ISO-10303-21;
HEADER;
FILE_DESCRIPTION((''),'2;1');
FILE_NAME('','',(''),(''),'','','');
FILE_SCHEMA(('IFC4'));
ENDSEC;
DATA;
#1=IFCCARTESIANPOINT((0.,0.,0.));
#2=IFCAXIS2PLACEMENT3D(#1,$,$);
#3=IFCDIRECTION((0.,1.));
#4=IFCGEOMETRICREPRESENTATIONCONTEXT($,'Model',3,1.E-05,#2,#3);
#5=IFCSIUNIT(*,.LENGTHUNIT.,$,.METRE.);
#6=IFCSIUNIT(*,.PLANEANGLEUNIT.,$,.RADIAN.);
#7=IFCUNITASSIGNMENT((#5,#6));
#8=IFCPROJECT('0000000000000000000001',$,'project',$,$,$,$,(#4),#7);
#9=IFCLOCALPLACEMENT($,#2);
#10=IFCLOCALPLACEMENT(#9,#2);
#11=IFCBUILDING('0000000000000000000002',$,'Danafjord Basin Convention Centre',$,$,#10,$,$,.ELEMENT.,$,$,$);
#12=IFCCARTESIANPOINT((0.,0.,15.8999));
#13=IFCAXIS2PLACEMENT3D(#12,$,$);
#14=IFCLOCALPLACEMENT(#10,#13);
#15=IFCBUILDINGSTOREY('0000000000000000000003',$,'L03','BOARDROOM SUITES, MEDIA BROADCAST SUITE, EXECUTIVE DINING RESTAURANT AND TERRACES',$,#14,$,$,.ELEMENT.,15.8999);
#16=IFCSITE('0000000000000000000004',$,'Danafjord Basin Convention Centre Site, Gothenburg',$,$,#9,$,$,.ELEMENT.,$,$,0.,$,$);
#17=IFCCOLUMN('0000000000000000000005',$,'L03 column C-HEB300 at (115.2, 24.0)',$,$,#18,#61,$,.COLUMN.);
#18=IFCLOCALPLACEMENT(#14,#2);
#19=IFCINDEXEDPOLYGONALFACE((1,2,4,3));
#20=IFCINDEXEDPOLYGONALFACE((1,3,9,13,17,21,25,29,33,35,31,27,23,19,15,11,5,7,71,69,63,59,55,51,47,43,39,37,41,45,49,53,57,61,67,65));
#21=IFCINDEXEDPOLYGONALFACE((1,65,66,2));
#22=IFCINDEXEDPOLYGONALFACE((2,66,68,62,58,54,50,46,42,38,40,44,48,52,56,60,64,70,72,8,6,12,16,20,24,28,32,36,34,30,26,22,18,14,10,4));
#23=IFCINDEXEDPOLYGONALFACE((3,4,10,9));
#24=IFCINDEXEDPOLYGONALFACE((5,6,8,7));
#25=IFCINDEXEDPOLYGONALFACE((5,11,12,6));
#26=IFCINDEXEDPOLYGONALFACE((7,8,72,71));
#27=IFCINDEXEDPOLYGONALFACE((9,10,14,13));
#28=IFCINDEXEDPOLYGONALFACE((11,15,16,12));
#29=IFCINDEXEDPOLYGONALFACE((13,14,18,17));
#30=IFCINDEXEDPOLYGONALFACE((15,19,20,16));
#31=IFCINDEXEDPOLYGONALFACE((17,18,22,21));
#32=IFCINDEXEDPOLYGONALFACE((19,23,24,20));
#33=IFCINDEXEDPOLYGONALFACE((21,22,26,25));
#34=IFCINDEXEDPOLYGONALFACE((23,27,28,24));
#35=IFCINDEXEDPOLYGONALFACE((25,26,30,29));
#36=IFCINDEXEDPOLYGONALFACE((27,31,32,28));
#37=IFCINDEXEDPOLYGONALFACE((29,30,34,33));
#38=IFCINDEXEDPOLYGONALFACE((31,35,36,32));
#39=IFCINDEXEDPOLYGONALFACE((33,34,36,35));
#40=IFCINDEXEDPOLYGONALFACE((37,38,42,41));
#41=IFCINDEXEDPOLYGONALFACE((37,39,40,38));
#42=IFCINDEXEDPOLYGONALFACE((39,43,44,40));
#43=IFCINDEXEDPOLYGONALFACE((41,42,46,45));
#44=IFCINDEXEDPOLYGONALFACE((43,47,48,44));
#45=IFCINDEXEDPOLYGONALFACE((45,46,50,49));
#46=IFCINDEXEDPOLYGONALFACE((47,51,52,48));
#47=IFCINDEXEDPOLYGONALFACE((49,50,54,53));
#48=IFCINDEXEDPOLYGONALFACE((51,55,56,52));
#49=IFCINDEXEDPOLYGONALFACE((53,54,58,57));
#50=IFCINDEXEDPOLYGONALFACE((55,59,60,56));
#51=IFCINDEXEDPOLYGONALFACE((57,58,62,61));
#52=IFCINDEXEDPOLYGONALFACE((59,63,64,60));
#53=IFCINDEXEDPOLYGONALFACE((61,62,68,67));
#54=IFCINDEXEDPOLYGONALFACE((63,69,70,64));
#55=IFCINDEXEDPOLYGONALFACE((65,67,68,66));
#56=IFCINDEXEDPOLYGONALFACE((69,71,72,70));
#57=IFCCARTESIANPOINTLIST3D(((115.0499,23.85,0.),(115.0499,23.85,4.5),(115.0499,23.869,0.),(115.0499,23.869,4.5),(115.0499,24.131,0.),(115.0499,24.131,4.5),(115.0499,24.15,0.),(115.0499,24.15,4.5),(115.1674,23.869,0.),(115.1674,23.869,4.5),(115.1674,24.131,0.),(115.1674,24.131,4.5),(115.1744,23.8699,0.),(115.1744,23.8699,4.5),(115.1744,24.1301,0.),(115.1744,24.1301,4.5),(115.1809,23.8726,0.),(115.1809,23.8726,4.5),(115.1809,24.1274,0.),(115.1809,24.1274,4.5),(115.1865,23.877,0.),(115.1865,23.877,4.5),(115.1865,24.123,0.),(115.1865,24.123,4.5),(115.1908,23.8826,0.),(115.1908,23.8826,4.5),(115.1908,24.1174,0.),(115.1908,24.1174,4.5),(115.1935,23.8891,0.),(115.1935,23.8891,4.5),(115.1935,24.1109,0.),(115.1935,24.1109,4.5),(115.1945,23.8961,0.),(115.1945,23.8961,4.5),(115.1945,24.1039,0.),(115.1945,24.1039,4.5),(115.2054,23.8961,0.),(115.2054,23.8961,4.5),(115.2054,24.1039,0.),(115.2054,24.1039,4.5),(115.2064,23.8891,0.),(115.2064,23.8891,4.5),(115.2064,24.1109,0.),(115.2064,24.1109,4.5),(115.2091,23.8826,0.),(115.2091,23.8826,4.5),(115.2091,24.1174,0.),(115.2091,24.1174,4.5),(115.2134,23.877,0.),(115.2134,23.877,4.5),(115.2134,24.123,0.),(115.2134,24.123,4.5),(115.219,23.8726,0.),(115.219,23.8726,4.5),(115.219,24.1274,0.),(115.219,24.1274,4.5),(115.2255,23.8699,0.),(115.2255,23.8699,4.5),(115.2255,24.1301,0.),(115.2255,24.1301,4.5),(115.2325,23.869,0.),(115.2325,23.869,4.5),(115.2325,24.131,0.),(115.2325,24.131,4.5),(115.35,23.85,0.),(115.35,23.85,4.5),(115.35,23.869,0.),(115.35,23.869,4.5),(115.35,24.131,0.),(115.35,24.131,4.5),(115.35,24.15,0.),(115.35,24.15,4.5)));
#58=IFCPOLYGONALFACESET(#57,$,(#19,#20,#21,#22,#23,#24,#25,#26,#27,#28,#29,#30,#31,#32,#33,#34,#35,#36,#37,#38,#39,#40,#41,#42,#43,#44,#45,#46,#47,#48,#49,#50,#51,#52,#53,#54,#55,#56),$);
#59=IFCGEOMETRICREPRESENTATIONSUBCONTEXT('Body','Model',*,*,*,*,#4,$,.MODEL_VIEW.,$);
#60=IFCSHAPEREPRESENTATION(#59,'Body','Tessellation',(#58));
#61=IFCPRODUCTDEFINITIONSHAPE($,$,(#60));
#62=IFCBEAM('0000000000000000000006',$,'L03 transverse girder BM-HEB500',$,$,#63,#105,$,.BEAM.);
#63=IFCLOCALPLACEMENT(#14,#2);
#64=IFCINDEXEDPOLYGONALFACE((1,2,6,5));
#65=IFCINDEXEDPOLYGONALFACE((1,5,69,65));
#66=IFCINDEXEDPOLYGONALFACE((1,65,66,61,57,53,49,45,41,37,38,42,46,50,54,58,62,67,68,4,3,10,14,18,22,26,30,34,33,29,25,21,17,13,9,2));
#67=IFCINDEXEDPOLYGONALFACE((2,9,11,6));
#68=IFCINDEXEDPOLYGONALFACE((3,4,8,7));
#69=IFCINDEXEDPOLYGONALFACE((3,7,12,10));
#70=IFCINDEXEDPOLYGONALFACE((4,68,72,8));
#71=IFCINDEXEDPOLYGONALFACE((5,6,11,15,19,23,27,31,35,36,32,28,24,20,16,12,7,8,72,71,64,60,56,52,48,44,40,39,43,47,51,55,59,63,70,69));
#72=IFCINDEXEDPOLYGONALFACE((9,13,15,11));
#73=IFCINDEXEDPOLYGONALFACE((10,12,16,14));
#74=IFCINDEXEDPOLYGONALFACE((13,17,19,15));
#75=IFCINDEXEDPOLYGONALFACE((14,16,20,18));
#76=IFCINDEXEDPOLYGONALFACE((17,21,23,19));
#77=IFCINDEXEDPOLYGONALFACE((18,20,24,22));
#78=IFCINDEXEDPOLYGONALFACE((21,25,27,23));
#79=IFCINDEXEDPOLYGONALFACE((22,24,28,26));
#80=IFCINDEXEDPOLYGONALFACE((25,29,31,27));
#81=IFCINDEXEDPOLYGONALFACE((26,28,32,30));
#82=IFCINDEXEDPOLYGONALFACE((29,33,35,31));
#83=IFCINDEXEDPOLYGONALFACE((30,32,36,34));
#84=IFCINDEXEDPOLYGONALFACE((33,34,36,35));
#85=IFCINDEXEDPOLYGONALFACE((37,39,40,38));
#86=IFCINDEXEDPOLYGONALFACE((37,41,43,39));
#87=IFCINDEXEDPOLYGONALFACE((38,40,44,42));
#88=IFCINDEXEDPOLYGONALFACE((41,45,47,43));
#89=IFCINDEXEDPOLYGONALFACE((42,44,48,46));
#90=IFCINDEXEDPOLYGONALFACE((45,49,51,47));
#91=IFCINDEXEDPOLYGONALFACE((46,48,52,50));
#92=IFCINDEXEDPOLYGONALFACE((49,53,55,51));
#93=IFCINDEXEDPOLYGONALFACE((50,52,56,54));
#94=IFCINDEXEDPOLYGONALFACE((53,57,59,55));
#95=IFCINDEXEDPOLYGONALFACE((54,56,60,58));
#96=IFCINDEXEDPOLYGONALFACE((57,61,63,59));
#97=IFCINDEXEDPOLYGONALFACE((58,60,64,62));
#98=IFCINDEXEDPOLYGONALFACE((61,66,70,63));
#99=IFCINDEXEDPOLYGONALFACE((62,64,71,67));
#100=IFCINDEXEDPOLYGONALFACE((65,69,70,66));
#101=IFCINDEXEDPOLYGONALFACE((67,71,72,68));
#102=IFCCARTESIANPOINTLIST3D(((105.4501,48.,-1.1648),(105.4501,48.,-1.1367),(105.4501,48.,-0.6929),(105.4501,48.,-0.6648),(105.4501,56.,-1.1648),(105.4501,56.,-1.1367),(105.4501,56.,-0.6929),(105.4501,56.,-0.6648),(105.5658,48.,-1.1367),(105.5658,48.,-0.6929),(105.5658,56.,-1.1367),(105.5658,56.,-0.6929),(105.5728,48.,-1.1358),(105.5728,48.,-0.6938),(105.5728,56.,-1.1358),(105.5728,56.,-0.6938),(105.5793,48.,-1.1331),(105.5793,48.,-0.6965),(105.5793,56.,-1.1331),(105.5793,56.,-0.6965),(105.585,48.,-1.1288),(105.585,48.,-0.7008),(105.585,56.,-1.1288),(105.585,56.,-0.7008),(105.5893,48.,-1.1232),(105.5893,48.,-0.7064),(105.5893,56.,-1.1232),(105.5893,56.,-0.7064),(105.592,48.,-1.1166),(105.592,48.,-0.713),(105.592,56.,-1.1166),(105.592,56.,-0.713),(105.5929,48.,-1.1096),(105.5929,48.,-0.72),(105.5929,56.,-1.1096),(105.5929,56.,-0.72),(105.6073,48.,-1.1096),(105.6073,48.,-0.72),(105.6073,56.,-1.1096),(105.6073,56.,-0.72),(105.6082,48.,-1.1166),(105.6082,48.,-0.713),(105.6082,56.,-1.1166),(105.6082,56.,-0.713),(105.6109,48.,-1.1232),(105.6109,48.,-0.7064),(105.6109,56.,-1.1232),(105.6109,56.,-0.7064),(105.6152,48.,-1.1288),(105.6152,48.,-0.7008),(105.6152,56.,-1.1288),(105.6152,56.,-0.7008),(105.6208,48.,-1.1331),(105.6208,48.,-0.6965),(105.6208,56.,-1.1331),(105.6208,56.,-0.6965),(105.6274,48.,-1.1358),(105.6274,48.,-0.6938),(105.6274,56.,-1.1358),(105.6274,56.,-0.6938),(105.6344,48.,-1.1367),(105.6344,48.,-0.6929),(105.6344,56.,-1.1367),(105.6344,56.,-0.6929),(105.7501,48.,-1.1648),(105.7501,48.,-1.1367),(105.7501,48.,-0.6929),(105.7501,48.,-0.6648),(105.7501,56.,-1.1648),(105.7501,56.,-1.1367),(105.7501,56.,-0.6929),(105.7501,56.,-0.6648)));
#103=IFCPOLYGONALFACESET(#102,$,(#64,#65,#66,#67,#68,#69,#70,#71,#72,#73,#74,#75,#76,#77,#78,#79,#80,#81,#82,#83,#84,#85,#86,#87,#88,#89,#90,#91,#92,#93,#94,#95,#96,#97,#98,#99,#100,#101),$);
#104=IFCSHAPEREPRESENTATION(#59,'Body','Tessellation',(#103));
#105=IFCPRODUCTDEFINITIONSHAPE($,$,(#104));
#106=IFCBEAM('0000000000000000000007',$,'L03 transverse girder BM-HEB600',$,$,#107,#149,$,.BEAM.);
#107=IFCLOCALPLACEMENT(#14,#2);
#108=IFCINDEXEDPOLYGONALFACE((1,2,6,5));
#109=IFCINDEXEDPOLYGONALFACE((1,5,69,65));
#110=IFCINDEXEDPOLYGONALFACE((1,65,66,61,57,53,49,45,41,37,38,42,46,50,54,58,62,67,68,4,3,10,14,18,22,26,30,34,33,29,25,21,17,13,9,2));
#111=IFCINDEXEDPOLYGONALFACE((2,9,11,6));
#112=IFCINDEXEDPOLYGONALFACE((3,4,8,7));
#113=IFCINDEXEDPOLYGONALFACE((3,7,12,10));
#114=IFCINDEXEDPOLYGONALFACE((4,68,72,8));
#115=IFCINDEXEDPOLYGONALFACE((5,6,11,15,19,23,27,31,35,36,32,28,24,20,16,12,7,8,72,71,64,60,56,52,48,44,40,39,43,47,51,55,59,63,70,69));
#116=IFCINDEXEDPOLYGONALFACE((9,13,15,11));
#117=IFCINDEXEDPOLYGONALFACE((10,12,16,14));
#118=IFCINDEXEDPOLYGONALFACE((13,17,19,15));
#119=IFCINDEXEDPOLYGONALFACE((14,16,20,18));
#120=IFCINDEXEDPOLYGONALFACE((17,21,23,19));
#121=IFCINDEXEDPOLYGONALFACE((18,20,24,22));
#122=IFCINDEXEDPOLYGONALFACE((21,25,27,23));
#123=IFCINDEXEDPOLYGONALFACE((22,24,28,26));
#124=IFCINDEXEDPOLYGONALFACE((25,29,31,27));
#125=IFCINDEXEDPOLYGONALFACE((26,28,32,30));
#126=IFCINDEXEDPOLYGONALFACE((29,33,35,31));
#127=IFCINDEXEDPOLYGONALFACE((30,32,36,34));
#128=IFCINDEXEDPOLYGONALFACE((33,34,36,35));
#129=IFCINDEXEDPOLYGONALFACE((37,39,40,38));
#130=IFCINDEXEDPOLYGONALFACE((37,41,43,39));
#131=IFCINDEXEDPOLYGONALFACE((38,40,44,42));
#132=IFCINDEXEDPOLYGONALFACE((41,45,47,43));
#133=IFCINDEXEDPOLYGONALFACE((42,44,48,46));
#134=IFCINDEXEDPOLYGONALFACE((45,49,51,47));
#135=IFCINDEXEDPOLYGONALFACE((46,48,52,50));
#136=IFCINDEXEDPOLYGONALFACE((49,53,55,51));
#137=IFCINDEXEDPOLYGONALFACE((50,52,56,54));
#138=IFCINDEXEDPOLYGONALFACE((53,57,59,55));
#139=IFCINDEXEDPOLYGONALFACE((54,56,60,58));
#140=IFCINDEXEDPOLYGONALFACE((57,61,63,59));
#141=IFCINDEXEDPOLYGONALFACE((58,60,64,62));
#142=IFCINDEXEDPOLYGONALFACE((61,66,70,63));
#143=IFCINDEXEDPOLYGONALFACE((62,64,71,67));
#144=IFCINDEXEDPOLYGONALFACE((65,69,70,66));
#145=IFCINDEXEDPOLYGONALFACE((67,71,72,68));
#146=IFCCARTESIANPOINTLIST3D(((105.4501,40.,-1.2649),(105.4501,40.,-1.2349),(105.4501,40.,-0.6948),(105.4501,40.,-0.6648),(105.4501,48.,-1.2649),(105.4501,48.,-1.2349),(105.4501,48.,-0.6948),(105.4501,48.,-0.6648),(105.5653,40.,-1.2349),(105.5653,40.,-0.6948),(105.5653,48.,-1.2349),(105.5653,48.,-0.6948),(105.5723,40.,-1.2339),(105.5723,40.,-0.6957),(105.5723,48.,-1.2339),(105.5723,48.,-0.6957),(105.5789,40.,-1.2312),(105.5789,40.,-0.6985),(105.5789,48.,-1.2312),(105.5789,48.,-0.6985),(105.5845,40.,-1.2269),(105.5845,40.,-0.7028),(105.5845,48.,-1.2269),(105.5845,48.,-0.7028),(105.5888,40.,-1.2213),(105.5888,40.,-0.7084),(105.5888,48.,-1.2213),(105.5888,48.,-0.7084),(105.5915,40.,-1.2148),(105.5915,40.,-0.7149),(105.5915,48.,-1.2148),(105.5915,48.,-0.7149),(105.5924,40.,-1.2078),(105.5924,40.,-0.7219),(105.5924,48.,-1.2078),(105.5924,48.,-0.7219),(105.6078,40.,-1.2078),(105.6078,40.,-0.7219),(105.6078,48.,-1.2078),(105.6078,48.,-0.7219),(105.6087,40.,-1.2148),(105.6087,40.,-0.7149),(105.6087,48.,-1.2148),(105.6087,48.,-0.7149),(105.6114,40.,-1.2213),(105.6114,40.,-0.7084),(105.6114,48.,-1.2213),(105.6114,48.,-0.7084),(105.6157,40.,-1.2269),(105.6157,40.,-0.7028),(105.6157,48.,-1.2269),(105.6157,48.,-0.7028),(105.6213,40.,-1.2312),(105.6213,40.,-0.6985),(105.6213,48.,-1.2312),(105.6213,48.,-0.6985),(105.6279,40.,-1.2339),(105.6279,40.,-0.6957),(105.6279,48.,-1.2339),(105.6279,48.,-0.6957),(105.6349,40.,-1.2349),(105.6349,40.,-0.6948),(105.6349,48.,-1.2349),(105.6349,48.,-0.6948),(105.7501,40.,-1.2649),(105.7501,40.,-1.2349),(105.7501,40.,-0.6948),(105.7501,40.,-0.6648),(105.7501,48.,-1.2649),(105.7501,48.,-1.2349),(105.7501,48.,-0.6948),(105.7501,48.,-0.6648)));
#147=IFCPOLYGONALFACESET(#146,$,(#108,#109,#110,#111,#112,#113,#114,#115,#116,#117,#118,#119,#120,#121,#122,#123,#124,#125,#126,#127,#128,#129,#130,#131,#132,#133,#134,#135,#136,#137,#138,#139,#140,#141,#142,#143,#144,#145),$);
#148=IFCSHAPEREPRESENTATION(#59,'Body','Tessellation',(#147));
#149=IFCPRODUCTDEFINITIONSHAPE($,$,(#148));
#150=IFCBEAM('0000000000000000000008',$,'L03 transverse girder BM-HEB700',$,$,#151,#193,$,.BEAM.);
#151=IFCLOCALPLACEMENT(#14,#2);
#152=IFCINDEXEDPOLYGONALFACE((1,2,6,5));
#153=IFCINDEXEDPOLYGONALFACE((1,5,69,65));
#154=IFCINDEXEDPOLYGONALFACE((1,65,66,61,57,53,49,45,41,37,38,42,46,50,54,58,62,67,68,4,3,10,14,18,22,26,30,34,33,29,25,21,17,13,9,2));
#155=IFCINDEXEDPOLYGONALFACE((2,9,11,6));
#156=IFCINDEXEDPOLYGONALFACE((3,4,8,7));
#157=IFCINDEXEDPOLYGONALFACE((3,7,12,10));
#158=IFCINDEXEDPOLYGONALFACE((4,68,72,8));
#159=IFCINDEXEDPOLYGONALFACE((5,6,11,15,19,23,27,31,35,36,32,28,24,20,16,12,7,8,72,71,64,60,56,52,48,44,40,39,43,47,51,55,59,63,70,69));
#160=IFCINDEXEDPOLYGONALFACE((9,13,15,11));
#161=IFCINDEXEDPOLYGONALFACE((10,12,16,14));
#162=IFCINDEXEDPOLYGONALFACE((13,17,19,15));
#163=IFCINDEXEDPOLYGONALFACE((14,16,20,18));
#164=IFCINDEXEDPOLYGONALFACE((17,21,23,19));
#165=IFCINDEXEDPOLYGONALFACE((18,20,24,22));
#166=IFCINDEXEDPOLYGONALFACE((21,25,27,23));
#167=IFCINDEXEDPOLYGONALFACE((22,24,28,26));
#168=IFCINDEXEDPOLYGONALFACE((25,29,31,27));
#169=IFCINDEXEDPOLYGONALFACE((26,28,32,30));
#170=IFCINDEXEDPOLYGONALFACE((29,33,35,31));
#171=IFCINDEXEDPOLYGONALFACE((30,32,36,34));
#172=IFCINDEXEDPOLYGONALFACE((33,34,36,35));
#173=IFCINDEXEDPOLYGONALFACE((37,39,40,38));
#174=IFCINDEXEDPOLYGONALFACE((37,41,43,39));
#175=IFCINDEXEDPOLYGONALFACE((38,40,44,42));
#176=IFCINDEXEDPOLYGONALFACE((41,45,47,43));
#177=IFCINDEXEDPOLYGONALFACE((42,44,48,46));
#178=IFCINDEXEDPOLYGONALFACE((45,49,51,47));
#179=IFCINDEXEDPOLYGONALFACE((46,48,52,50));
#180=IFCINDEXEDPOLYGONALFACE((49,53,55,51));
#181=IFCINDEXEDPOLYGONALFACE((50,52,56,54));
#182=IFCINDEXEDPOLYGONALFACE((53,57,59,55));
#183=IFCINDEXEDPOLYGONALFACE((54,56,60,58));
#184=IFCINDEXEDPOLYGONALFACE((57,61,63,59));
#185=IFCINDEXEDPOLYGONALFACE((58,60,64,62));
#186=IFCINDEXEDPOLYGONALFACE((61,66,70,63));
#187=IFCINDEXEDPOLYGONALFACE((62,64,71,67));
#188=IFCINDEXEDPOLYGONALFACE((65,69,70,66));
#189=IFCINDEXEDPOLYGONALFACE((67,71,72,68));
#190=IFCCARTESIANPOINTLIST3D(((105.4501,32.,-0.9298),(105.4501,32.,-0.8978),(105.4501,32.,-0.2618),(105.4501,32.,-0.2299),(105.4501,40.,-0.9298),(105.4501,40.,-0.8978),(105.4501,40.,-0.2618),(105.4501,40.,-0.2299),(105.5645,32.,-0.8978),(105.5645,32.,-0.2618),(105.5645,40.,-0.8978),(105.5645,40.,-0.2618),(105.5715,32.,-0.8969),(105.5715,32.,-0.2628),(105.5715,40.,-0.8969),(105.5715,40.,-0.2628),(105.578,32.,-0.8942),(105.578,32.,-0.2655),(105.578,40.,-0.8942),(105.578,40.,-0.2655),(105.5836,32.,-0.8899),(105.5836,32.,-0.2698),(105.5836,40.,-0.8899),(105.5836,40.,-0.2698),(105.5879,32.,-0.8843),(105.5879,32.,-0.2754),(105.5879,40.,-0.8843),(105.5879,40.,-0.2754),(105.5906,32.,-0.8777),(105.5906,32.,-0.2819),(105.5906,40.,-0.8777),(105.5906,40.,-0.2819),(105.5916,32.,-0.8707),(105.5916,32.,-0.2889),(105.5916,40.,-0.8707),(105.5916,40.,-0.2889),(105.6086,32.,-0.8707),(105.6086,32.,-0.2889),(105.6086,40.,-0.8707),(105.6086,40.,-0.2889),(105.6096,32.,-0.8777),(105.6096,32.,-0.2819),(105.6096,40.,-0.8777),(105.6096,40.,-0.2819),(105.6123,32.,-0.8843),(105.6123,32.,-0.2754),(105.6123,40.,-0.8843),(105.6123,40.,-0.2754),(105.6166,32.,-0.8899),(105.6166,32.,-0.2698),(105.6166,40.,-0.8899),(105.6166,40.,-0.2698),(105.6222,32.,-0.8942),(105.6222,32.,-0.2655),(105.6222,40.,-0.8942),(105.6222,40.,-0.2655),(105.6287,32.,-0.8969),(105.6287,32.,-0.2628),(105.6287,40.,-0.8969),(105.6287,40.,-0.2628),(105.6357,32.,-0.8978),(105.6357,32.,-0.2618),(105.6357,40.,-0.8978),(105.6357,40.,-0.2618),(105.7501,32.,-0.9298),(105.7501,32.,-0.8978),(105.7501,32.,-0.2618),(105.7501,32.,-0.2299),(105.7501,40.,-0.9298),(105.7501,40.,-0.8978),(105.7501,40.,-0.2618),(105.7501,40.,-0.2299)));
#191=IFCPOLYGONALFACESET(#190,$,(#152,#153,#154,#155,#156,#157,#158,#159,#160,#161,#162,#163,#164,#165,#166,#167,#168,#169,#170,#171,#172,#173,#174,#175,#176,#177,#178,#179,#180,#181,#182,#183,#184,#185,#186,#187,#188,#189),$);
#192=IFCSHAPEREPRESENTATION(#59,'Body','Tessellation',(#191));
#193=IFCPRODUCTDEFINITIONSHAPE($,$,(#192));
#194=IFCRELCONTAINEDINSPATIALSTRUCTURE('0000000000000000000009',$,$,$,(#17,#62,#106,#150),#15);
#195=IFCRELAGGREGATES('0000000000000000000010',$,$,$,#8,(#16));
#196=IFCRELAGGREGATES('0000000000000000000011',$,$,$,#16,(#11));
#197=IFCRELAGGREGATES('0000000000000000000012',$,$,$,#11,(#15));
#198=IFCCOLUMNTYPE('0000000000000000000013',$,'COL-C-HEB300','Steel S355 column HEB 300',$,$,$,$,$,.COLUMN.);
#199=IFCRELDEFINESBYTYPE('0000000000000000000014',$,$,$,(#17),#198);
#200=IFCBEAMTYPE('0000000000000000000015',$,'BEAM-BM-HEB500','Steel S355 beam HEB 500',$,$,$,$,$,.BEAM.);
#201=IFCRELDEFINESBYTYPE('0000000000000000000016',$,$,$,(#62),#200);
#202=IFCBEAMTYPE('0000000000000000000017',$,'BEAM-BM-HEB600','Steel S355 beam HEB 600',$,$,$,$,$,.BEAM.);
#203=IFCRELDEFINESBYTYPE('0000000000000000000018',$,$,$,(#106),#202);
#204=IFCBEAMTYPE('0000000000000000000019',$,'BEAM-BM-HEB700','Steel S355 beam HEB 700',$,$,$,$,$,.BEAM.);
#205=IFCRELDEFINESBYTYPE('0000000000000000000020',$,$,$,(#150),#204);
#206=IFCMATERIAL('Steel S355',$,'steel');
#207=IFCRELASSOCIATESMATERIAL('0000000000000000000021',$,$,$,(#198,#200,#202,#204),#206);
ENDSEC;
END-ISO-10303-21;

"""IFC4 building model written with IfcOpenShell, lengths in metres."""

from ifc_helpers import new_model, si_unit, direction, frame, origin, origin_2d, place, context, subcontext, project, spatial, i_section, extrude, material, material_profile, profile_set, type_object, element, save


model = new_model("IFC4")

# Units and contexts
model_context = context("Model", 3, precision=1e-05, world=origin(), true_north=direction((0.0, 1.0)))
body_context = subcontext(model_context, "Body", "Model", "MODEL_VIEW")
ifc_project = project(units=[si_unit("LENGTHUNIT", "METRE"), si_unit("PLANEANGLEUNIT", "RADIAN")], contexts=[model_context])

# Site, building, storey
site_placement = place(None, origin())
site = spatial("IfcSite", under=ifc_project, at=site_placement, Name="Danafjord Basin Convention Centre Site, Gothenburg", CompositionType="ELEMENT", RefElevation=0.0)
building_placement = place(site_placement, origin())
building = spatial("IfcBuilding", under=site, at=building_placement, Name="Danafjord Basin Convention Centre", CompositionType="ELEMENT")
storey_placement = place(building_placement, frame((0.0, 0.0, 15.8999)))
storey = spatial("IfcBuildingStorey", under=building, at=storey_placement, Name="L03", Description="BOARDROOM SUITES, MEDIA BROADCAST SUITE, EXECUTIVE DINING RESTAURANT AND TERRACES", CompositionType="ELEMENT", Elevation=15.8999)

# Column
ifc_material_1 = material(Name="Steel S355", Category="steel")
ifc_material_profile_1 = material_profile(ifc_material_1, i_section(OverallWidth=0.3, OverallDepth=0.3, WebThickness=0.011, FlangeThickness=0.019, FilletRadius=0.0271, at=origin_2d()), Name="HEB 300")
ifc_profile_set_1 = profile_set([ifc_material_profile_1], Name="Steel S355")
column_type = type_object("IfcColumnType", Name="COL-C-HEB300", Description="Steel S355 column HEB 300", PredefinedType="COLUMN", material=ifc_profile_set_1)
column_placement = place(storey_placement, frame((115.2, 24.0, 0.0), z_axis=(0.0, 0.0, 1.0), x_axis=(1.0, 0.0, 0.0)))
element("IfcColumn", 1, at=column_placement, inside=storey, type_object=column_type, Name="L03 column C-HEB300 at (115.2, 24.0)", PredefinedType="COLUMN", context=body_context, shape_type="SweptSolid", body=[
    extrude(i_section(OverallWidth=0.3, OverallDepth=0.3, WebThickness=0.011, FlangeThickness=0.019, FilletRadius=0.0271, at=origin_2d()), origin(), (0.0, 0.0, 1.0), 4.5),
])

# Beams
ifc_material_profile_2 = material_profile(ifc_material_1, i_section(OverallWidth=0.3, OverallDepth=0.5, WebThickness=0.0144, FlangeThickness=0.0281, FilletRadius=0.0271, at=origin_2d()), Name="HEB 500")
ifc_profile_set_2 = profile_set([ifc_material_profile_2], Name="Steel S355")
beam_type_1 = type_object("IfcBeamType", Name="BEAM-BM-HEB500", Description="Steel S355 beam HEB 500", PredefinedType="BEAM", material=ifc_profile_set_2)
beam_1_placement = place(storey_placement, frame((105.6001, 48.0, -0.9148), z_axis=(0.0, 1.0, 0.0), x_axis=(-1.0, 0.0, 0.0)))
element("IfcBeam", 2, at=beam_1_placement, inside=storey, type_object=beam_type_1, Name="L03 transverse girder BM-HEB500", PredefinedType="BEAM", context=body_context, shape_type="SweptSolid", body=[
    extrude(i_section(OverallWidth=0.3, OverallDepth=0.5, WebThickness=0.0144, FlangeThickness=0.0281, FilletRadius=0.0271, at=origin_2d()), origin(), (0.0, 0.0, 1.0), 8.0),
])
ifc_material_profile_3 = material_profile(ifc_material_1, i_section(OverallWidth=0.3, OverallDepth=0.6001, WebThickness=0.0154, FlangeThickness=0.03, FilletRadius=0.0271, at=origin_2d()), Name="HEB 600")
ifc_profile_set_3 = profile_set([ifc_material_profile_3], Name="Steel S355")
beam_type_2 = type_object("IfcBeamType", Name="BEAM-BM-HEB600", Description="Steel S355 beam HEB 600", PredefinedType="BEAM", material=ifc_profile_set_3)
beam_2_placement = place(storey_placement, frame((105.6001, 40.0, -0.9648), z_axis=(0.0, 1.0, 0.0), x_axis=(-1.0, 0.0, 0.0)))
element("IfcBeam", 3, at=beam_2_placement, inside=storey, type_object=beam_type_2, Name="L03 transverse girder BM-HEB600", PredefinedType="BEAM", context=body_context, shape_type="SweptSolid", body=[
    extrude(i_section(OverallWidth=0.3, OverallDepth=0.6001, WebThickness=0.0154, FlangeThickness=0.03, FilletRadius=0.0271, at=origin_2d()), origin(), (0.0, 0.0, 1.0), 8.0),
])
ifc_material_profile_4 = material_profile(ifc_material_1, i_section(OverallWidth=0.3, OverallDepth=0.7, WebThickness=0.0171, FlangeThickness=0.032, FilletRadius=0.0271, at=origin_2d()), Name="HEB 700")
ifc_profile_set_4 = profile_set([ifc_material_profile_4], Name="Steel S355")
beam_type_3 = type_object("IfcBeamType", Name="BEAM-BM-HEB700", Description="Steel S355 beam HEB 700", PredefinedType="BEAM", material=ifc_profile_set_4)
beam_3_placement = place(storey_placement, frame((105.6001, 32.0, -0.5798), z_axis=(0.0, 1.0, 0.0), x_axis=(-1.0, 0.0, 0.0)))
element("IfcBeam", 4, at=beam_3_placement, inside=storey, type_object=beam_type_3, Name="L03 transverse girder BM-HEB700", PredefinedType="BEAM", context=body_context, shape_type="SweptSolid", body=[
    extrude(i_section(OverallWidth=0.3, OverallDepth=0.7, WebThickness=0.0171, FlangeThickness=0.032, FilletRadius=0.0271, at=origin_2d()), origin(), (0.0, 0.0, 1.0), 8.0),
])

save(model, "model.ifc")
